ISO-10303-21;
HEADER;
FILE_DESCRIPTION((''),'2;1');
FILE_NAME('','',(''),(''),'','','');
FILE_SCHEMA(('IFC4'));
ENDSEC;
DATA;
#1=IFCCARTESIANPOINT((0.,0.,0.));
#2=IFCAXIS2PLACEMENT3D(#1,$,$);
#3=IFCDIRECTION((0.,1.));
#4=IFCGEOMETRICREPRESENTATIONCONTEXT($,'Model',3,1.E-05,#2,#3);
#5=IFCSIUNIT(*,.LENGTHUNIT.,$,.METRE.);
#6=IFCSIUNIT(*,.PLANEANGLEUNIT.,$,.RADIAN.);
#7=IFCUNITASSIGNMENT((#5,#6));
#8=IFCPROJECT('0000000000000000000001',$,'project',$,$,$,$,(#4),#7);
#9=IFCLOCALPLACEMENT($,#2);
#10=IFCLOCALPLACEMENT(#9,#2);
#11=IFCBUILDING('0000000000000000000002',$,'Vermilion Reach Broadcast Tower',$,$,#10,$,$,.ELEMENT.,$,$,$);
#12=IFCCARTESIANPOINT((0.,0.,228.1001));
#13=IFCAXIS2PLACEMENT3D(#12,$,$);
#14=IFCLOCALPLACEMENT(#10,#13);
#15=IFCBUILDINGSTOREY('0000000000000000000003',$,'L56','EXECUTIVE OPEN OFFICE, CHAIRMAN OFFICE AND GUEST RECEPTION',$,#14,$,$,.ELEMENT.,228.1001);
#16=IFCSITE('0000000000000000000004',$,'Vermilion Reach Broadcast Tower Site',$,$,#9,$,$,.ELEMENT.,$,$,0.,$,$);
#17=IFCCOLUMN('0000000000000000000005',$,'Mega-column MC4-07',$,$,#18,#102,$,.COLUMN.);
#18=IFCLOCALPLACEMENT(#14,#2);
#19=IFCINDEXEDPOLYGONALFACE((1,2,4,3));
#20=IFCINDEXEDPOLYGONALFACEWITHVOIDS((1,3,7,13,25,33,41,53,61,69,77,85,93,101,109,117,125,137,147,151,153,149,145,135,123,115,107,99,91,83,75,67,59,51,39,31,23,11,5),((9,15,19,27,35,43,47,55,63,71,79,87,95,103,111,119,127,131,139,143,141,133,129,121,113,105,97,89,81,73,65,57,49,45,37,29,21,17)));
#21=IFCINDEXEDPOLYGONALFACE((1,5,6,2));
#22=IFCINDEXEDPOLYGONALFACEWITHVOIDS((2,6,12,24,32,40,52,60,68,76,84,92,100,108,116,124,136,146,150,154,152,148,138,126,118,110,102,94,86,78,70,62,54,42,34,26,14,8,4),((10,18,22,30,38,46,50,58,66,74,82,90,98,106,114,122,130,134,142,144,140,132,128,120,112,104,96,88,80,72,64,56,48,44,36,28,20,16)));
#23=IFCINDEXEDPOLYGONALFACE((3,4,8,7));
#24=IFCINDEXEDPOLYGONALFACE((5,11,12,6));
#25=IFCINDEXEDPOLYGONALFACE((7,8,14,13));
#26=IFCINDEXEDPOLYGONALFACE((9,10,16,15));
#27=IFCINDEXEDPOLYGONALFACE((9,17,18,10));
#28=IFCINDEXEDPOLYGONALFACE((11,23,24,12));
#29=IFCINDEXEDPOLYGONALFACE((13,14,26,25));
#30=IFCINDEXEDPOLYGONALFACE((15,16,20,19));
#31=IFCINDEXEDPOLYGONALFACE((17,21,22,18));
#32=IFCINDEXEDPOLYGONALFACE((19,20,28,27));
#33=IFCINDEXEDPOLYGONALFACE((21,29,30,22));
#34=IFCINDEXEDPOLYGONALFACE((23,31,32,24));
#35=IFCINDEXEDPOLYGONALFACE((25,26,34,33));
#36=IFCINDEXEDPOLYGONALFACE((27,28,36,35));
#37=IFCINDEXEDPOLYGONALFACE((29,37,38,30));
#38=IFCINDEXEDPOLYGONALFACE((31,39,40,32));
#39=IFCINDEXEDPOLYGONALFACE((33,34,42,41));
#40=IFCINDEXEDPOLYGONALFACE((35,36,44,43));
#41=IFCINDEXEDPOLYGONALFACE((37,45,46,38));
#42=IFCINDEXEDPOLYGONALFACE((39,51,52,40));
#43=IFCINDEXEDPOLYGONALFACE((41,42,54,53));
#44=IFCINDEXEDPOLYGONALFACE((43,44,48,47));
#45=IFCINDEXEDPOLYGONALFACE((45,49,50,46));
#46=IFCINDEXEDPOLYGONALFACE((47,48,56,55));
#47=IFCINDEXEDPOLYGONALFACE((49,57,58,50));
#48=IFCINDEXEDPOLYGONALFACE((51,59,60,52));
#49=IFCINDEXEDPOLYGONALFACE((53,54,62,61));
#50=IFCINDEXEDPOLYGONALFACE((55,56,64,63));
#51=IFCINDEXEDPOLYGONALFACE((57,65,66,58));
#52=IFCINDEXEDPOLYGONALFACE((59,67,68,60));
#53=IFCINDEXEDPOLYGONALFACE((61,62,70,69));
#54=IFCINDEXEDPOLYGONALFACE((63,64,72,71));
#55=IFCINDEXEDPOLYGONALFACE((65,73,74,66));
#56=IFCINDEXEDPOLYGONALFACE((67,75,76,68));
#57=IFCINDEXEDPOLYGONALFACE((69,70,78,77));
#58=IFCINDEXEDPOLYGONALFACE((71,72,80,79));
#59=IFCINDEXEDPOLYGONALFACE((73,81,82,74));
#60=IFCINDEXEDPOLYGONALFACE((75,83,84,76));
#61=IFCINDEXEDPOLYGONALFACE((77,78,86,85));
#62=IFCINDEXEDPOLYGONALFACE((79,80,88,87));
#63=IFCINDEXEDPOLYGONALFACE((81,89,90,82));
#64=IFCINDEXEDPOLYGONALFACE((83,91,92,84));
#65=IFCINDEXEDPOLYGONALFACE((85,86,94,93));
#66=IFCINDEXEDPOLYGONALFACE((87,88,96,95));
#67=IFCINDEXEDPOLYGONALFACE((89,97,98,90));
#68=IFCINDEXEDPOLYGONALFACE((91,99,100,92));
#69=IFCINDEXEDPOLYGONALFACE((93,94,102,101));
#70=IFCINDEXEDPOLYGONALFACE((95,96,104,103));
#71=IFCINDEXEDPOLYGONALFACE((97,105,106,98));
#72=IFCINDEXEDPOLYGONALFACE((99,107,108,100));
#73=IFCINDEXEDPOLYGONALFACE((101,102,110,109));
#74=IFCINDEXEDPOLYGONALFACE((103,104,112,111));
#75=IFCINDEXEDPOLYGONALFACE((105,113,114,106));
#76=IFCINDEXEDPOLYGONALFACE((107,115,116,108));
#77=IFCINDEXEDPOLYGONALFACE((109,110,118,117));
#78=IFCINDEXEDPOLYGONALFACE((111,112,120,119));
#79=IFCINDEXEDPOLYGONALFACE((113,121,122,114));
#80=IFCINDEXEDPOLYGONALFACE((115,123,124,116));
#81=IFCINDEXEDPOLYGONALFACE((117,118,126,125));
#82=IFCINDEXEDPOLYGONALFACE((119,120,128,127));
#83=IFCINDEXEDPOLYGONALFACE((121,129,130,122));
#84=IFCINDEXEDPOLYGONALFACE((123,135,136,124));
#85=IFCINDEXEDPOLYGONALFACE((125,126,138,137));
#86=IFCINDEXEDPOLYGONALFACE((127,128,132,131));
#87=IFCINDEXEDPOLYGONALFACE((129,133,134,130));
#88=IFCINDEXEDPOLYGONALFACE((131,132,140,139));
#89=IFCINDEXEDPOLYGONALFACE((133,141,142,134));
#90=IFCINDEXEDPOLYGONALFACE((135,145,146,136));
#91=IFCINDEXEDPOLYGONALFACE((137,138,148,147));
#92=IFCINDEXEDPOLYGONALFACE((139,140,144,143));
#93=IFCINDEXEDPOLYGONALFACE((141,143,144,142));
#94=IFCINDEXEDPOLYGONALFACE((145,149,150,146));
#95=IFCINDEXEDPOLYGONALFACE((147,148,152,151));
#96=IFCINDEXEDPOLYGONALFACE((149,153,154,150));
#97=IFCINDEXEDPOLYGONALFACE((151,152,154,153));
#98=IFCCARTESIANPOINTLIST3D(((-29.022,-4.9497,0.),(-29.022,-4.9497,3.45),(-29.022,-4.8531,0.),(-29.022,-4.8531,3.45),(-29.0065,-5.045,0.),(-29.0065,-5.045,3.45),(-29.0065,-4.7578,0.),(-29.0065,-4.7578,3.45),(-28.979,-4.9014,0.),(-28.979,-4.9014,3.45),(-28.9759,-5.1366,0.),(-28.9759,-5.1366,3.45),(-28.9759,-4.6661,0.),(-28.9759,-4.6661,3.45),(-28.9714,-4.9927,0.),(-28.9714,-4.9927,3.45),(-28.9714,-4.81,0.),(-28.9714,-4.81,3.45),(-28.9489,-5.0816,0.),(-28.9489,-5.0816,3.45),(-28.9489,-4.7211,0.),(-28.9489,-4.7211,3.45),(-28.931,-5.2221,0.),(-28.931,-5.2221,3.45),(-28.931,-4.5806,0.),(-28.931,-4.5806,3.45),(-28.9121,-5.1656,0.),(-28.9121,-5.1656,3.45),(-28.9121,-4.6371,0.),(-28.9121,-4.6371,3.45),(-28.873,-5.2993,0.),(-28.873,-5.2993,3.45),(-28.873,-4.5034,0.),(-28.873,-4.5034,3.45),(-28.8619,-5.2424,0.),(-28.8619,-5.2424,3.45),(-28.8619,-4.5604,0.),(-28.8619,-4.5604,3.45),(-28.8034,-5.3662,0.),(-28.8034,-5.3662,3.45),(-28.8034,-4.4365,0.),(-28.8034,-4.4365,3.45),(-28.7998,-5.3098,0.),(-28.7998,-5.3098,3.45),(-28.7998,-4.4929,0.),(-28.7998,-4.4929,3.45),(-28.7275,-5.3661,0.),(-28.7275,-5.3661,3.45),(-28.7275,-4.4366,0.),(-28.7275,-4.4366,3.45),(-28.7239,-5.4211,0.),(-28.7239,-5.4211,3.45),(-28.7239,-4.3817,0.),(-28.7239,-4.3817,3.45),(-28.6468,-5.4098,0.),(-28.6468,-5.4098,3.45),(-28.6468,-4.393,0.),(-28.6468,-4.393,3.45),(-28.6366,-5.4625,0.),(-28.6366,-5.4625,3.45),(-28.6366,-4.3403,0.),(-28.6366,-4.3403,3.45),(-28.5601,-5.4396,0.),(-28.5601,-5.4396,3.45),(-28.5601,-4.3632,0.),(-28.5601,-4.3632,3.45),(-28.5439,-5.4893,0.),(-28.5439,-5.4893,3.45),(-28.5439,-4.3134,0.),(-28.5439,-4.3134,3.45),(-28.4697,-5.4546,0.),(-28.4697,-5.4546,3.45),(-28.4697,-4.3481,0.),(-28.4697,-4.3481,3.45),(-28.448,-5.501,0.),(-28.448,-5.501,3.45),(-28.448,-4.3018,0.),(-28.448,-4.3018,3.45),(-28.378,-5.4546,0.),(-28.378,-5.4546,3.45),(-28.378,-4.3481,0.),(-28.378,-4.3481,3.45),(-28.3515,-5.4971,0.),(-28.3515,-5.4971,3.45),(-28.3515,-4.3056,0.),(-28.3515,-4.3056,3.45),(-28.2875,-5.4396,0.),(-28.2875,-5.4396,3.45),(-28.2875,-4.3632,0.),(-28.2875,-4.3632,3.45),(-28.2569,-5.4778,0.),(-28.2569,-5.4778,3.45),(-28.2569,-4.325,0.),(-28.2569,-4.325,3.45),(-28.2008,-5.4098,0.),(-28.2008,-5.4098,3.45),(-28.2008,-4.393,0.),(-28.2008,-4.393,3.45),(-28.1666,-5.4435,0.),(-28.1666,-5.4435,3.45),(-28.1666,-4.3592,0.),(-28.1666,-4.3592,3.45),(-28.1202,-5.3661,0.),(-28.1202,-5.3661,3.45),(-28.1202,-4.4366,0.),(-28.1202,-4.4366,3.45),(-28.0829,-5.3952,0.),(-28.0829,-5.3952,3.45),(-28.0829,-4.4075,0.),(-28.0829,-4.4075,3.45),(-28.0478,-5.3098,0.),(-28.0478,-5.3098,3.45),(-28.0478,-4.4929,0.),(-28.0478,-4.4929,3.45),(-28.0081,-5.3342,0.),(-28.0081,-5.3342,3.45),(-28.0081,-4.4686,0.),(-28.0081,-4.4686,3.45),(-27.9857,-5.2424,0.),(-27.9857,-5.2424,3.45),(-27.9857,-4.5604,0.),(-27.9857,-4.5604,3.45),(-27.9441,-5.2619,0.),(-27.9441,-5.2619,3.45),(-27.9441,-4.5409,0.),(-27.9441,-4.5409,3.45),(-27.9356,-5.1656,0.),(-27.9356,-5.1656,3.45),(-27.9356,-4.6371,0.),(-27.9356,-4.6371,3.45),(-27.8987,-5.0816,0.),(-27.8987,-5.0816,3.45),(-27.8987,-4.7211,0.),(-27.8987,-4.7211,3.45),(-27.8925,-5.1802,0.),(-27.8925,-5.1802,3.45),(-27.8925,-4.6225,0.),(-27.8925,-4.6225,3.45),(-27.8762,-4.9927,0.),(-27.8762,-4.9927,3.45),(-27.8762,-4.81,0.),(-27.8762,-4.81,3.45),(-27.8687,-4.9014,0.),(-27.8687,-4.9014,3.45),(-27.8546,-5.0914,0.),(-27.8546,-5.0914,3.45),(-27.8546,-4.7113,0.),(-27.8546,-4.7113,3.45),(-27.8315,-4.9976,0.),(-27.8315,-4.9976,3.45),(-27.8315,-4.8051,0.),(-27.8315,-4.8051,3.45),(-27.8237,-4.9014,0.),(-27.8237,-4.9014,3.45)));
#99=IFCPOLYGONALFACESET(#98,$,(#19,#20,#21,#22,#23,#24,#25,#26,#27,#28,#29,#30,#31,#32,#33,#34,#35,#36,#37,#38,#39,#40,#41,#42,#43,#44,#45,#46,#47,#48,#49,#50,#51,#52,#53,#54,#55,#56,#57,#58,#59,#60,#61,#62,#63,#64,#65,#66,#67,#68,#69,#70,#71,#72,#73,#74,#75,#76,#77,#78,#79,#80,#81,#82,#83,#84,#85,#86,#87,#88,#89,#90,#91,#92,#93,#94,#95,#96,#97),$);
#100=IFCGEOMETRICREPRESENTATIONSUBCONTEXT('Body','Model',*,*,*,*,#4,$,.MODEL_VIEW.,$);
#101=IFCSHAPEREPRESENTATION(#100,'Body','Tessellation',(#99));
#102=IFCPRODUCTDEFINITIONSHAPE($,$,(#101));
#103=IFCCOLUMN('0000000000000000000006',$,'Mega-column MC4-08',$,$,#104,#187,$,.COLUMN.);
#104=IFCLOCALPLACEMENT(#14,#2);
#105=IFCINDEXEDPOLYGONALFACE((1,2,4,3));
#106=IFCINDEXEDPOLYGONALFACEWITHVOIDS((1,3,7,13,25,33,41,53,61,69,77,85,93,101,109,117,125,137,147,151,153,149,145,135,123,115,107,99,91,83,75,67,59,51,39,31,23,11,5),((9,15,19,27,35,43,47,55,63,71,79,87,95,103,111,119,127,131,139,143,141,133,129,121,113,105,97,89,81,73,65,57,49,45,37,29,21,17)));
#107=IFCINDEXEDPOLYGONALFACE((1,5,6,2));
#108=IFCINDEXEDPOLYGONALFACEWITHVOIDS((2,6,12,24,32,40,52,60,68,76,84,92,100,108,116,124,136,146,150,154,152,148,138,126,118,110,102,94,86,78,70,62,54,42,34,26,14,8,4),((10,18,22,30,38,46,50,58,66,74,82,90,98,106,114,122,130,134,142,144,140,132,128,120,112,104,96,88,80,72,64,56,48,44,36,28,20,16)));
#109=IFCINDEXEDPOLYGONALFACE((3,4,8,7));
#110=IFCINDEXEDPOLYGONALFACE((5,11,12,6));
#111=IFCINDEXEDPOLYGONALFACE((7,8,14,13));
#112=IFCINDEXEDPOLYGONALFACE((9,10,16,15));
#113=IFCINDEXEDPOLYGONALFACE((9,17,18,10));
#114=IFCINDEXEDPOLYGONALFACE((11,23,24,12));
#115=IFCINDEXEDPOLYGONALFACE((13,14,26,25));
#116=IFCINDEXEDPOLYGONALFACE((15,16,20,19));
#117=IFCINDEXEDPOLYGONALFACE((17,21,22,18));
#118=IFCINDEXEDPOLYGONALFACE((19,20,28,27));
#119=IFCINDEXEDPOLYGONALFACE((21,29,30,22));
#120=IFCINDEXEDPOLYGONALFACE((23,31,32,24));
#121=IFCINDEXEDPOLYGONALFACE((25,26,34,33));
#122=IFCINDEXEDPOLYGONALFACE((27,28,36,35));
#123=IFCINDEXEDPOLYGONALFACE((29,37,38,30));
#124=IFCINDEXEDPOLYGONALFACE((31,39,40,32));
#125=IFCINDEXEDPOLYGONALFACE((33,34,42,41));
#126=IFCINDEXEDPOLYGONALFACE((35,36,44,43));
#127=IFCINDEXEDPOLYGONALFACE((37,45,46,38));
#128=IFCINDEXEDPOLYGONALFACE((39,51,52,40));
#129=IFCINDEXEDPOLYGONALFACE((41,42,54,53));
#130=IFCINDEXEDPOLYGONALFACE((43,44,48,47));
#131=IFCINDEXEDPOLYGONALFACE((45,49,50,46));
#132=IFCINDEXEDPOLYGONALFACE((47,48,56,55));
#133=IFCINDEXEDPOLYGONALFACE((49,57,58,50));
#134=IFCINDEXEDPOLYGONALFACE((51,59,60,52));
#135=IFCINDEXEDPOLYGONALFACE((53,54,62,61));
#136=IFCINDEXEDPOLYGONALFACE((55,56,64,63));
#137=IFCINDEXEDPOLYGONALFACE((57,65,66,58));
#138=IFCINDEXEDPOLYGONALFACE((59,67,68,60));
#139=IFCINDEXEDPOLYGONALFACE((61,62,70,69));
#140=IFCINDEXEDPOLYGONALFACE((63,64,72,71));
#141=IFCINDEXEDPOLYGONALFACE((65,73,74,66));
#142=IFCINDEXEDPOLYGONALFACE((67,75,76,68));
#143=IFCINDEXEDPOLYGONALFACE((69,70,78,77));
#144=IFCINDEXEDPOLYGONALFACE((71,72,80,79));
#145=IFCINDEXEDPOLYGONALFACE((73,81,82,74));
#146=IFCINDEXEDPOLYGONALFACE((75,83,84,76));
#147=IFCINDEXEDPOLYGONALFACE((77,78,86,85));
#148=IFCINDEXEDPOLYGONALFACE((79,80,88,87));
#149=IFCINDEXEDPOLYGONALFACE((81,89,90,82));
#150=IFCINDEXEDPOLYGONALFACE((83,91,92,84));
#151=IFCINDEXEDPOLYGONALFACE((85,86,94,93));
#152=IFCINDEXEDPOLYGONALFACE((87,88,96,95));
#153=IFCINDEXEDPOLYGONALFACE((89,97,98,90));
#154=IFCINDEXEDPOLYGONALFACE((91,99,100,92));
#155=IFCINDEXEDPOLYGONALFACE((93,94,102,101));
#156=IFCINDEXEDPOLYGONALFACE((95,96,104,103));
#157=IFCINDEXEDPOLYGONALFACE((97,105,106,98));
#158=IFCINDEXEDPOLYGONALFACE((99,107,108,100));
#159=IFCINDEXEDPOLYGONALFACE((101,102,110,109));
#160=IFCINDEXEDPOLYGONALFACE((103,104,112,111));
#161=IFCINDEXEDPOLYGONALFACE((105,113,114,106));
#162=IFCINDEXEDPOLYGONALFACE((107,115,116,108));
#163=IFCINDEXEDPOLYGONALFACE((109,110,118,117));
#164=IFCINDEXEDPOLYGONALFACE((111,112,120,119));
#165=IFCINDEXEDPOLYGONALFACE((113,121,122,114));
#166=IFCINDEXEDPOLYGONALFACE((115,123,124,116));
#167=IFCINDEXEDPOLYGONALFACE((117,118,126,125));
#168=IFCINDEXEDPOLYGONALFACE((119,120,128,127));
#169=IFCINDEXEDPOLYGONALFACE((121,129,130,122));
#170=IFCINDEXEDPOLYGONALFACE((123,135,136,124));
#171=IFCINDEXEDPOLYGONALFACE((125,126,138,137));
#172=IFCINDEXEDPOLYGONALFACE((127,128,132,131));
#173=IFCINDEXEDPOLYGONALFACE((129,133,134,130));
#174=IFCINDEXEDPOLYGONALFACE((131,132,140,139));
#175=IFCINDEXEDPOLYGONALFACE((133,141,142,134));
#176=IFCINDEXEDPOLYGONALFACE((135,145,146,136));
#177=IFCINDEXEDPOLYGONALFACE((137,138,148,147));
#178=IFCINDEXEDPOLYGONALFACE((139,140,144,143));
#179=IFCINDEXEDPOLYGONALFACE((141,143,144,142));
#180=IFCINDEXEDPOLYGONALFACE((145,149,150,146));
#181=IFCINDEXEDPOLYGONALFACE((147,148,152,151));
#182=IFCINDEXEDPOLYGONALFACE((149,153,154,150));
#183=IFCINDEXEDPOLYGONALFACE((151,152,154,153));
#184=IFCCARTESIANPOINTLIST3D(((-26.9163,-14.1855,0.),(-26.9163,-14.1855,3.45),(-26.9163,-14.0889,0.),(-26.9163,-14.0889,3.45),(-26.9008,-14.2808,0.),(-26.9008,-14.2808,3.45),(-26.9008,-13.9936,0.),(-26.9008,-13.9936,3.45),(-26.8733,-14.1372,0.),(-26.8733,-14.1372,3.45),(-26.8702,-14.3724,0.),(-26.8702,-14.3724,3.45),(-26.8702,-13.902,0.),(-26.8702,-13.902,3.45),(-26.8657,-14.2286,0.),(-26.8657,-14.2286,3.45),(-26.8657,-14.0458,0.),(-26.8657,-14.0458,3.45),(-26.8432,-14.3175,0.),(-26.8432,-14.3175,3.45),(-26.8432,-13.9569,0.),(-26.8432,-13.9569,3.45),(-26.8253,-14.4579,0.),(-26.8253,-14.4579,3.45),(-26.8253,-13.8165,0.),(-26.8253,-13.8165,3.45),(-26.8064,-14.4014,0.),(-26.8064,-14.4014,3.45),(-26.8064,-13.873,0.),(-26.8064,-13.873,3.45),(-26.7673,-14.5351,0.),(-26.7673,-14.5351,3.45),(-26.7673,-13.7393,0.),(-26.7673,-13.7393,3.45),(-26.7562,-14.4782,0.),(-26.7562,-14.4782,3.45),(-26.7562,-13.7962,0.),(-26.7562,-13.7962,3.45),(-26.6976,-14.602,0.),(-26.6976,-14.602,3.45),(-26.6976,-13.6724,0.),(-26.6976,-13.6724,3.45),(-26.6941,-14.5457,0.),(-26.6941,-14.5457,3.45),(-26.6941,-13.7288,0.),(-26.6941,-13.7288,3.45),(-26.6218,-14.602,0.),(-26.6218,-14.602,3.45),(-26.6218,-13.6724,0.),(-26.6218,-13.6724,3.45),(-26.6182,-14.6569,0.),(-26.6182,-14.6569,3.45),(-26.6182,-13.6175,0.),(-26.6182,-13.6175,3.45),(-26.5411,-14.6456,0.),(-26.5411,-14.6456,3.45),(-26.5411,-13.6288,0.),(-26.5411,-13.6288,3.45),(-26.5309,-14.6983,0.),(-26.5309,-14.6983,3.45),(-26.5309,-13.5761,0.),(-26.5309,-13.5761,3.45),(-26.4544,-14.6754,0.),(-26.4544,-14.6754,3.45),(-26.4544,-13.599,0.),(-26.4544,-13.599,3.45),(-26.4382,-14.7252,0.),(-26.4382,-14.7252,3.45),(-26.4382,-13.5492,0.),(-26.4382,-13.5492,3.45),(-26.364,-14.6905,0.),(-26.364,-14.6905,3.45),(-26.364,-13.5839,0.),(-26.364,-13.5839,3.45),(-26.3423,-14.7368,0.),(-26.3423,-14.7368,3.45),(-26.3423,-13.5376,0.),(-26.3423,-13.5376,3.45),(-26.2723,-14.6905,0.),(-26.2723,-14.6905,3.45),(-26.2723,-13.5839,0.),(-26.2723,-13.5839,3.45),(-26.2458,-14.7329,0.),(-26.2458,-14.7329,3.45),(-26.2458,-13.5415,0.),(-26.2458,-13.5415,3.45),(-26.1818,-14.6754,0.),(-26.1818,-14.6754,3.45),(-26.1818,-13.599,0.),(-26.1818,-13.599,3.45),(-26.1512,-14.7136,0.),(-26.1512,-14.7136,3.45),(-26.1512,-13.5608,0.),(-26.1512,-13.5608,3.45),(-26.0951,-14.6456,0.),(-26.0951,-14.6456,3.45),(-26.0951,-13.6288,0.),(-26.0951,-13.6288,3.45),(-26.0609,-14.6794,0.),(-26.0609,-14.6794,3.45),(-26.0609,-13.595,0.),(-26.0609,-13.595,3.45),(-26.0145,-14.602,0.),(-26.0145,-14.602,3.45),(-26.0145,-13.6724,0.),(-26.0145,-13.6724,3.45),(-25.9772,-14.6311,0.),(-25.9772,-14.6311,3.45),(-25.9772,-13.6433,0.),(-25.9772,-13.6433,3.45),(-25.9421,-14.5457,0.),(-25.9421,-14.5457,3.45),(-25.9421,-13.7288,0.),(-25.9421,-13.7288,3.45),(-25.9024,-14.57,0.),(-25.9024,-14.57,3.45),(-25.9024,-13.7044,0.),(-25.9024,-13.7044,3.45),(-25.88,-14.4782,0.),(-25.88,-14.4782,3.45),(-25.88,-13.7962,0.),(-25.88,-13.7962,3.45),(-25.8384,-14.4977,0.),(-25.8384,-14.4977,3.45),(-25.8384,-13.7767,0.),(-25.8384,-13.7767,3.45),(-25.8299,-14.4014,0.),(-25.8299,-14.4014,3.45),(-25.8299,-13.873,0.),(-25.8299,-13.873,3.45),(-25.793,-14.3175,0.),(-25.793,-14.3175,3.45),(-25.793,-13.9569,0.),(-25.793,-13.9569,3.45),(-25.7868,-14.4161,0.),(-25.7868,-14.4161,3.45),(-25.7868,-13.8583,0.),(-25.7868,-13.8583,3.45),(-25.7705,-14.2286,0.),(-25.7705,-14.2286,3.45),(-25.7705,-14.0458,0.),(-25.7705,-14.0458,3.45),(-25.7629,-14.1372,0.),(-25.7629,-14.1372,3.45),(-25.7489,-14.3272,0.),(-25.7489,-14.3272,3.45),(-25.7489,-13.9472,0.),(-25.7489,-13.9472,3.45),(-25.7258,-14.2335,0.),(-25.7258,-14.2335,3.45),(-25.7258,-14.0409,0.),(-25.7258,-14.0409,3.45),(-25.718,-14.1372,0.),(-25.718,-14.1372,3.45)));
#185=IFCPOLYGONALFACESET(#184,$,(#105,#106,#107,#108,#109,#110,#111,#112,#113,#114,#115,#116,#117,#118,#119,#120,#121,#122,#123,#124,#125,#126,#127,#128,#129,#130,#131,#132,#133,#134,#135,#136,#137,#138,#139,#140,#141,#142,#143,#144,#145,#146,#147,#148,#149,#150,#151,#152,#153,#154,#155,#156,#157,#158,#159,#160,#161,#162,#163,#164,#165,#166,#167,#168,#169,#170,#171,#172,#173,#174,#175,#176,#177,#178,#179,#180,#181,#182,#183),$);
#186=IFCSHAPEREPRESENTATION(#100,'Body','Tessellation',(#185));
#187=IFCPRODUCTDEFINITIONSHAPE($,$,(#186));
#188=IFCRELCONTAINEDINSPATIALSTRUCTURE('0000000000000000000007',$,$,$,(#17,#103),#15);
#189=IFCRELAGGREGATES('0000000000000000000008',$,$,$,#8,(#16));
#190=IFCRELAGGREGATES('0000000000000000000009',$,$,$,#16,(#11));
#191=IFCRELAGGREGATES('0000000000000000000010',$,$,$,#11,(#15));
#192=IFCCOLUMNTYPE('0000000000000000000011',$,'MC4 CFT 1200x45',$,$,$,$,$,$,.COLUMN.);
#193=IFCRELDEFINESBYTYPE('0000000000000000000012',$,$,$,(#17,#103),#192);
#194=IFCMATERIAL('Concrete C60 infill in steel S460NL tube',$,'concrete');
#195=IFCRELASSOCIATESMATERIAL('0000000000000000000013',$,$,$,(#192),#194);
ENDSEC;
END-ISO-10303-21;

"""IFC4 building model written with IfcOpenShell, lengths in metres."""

from ifc_helpers import new_model, si_unit, direction, frame, origin, origin_2d, place, context, subcontext, project, spatial, hollow_circle, extrude, material, material_profile, profile_set, type_object, element, save


model = new_model("IFC4")

# Units and contexts
model_context = context("Model", 3, precision=1e-05, world=origin(), true_north=direction((0.0, 1.0)))
body_context = subcontext(model_context, "Body", "Model", "MODEL_VIEW")
ifc_project = project(units=[si_unit("LENGTHUNIT", "METRE"), si_unit("PLANEANGLEUNIT", "RADIAN")], contexts=[model_context])

# Site, building, storey
site_placement = place(None, origin())
site = spatial("IfcSite", under=ifc_project, at=site_placement, Name="Vermilion Reach Broadcast Tower Site", CompositionType="ELEMENT", RefElevation=0.0)
building_placement = place(site_placement, origin())
building = spatial("IfcBuilding", under=site, at=building_placement, Name="Vermilion Reach Broadcast Tower", CompositionType="ELEMENT")
storey_placement = place(building_placement, frame((0.0, 0.0, 228.1001)))
storey = spatial("IfcBuildingStorey", under=building, at=storey_placement, Name="L56", Description="EXECUTIVE OPEN OFFICE, CHAIRMAN OFFICE AND GUEST RECEPTION", CompositionType="ELEMENT", Elevation=228.1001)

# Columns
ifc_material_1 = material(Name="Concrete C60 infill in steel S460NL tube", Category="concrete")
ifc_material_profile_1 = material_profile(ifc_material_1, hollow_circle(Radius=0.6001, WallThickness=0.0449, at=origin_2d()), Name="Concrete C60 infill in steel S460NL tube CFT 1200x45")
ifc_profile_set_1 = profile_set([ifc_material_profile_1], Name="Concrete C60 infill in steel S460NL tube")
column_type = type_object("IfcColumnType", Name="MC4 CFT 1200x45", PredefinedType="COLUMN", material=ifc_profile_set_1)
for number, where, z_axis, x_axis, name in (
    (1, (-28.4238, -4.9014, 0.0), (0.0, 0.0, 1.0), (1.0, 0.0, 0.0), "Mega-column MC4-07"),
    (2, (-26.3181, -14.1372, 0.0), (0.0, 0.0, 1.0), (1.0, 0.0, 0.0), "Mega-column MC4-08"),
):
    element("IfcColumn", number, at=place(storey_placement, frame(where, z_axis=z_axis, x_axis=x_axis)), inside=storey, type_object=column_type, Name=name, PredefinedType="COLUMN", context=body_context, shape_type="SweptSolid", body=[
        extrude(hollow_circle(Radius=0.6001, WallThickness=0.0449, at=origin_2d()), origin(), (0.0, 0.0, 1.0), 3.45),
    ])

save(model, "model.ifc")
